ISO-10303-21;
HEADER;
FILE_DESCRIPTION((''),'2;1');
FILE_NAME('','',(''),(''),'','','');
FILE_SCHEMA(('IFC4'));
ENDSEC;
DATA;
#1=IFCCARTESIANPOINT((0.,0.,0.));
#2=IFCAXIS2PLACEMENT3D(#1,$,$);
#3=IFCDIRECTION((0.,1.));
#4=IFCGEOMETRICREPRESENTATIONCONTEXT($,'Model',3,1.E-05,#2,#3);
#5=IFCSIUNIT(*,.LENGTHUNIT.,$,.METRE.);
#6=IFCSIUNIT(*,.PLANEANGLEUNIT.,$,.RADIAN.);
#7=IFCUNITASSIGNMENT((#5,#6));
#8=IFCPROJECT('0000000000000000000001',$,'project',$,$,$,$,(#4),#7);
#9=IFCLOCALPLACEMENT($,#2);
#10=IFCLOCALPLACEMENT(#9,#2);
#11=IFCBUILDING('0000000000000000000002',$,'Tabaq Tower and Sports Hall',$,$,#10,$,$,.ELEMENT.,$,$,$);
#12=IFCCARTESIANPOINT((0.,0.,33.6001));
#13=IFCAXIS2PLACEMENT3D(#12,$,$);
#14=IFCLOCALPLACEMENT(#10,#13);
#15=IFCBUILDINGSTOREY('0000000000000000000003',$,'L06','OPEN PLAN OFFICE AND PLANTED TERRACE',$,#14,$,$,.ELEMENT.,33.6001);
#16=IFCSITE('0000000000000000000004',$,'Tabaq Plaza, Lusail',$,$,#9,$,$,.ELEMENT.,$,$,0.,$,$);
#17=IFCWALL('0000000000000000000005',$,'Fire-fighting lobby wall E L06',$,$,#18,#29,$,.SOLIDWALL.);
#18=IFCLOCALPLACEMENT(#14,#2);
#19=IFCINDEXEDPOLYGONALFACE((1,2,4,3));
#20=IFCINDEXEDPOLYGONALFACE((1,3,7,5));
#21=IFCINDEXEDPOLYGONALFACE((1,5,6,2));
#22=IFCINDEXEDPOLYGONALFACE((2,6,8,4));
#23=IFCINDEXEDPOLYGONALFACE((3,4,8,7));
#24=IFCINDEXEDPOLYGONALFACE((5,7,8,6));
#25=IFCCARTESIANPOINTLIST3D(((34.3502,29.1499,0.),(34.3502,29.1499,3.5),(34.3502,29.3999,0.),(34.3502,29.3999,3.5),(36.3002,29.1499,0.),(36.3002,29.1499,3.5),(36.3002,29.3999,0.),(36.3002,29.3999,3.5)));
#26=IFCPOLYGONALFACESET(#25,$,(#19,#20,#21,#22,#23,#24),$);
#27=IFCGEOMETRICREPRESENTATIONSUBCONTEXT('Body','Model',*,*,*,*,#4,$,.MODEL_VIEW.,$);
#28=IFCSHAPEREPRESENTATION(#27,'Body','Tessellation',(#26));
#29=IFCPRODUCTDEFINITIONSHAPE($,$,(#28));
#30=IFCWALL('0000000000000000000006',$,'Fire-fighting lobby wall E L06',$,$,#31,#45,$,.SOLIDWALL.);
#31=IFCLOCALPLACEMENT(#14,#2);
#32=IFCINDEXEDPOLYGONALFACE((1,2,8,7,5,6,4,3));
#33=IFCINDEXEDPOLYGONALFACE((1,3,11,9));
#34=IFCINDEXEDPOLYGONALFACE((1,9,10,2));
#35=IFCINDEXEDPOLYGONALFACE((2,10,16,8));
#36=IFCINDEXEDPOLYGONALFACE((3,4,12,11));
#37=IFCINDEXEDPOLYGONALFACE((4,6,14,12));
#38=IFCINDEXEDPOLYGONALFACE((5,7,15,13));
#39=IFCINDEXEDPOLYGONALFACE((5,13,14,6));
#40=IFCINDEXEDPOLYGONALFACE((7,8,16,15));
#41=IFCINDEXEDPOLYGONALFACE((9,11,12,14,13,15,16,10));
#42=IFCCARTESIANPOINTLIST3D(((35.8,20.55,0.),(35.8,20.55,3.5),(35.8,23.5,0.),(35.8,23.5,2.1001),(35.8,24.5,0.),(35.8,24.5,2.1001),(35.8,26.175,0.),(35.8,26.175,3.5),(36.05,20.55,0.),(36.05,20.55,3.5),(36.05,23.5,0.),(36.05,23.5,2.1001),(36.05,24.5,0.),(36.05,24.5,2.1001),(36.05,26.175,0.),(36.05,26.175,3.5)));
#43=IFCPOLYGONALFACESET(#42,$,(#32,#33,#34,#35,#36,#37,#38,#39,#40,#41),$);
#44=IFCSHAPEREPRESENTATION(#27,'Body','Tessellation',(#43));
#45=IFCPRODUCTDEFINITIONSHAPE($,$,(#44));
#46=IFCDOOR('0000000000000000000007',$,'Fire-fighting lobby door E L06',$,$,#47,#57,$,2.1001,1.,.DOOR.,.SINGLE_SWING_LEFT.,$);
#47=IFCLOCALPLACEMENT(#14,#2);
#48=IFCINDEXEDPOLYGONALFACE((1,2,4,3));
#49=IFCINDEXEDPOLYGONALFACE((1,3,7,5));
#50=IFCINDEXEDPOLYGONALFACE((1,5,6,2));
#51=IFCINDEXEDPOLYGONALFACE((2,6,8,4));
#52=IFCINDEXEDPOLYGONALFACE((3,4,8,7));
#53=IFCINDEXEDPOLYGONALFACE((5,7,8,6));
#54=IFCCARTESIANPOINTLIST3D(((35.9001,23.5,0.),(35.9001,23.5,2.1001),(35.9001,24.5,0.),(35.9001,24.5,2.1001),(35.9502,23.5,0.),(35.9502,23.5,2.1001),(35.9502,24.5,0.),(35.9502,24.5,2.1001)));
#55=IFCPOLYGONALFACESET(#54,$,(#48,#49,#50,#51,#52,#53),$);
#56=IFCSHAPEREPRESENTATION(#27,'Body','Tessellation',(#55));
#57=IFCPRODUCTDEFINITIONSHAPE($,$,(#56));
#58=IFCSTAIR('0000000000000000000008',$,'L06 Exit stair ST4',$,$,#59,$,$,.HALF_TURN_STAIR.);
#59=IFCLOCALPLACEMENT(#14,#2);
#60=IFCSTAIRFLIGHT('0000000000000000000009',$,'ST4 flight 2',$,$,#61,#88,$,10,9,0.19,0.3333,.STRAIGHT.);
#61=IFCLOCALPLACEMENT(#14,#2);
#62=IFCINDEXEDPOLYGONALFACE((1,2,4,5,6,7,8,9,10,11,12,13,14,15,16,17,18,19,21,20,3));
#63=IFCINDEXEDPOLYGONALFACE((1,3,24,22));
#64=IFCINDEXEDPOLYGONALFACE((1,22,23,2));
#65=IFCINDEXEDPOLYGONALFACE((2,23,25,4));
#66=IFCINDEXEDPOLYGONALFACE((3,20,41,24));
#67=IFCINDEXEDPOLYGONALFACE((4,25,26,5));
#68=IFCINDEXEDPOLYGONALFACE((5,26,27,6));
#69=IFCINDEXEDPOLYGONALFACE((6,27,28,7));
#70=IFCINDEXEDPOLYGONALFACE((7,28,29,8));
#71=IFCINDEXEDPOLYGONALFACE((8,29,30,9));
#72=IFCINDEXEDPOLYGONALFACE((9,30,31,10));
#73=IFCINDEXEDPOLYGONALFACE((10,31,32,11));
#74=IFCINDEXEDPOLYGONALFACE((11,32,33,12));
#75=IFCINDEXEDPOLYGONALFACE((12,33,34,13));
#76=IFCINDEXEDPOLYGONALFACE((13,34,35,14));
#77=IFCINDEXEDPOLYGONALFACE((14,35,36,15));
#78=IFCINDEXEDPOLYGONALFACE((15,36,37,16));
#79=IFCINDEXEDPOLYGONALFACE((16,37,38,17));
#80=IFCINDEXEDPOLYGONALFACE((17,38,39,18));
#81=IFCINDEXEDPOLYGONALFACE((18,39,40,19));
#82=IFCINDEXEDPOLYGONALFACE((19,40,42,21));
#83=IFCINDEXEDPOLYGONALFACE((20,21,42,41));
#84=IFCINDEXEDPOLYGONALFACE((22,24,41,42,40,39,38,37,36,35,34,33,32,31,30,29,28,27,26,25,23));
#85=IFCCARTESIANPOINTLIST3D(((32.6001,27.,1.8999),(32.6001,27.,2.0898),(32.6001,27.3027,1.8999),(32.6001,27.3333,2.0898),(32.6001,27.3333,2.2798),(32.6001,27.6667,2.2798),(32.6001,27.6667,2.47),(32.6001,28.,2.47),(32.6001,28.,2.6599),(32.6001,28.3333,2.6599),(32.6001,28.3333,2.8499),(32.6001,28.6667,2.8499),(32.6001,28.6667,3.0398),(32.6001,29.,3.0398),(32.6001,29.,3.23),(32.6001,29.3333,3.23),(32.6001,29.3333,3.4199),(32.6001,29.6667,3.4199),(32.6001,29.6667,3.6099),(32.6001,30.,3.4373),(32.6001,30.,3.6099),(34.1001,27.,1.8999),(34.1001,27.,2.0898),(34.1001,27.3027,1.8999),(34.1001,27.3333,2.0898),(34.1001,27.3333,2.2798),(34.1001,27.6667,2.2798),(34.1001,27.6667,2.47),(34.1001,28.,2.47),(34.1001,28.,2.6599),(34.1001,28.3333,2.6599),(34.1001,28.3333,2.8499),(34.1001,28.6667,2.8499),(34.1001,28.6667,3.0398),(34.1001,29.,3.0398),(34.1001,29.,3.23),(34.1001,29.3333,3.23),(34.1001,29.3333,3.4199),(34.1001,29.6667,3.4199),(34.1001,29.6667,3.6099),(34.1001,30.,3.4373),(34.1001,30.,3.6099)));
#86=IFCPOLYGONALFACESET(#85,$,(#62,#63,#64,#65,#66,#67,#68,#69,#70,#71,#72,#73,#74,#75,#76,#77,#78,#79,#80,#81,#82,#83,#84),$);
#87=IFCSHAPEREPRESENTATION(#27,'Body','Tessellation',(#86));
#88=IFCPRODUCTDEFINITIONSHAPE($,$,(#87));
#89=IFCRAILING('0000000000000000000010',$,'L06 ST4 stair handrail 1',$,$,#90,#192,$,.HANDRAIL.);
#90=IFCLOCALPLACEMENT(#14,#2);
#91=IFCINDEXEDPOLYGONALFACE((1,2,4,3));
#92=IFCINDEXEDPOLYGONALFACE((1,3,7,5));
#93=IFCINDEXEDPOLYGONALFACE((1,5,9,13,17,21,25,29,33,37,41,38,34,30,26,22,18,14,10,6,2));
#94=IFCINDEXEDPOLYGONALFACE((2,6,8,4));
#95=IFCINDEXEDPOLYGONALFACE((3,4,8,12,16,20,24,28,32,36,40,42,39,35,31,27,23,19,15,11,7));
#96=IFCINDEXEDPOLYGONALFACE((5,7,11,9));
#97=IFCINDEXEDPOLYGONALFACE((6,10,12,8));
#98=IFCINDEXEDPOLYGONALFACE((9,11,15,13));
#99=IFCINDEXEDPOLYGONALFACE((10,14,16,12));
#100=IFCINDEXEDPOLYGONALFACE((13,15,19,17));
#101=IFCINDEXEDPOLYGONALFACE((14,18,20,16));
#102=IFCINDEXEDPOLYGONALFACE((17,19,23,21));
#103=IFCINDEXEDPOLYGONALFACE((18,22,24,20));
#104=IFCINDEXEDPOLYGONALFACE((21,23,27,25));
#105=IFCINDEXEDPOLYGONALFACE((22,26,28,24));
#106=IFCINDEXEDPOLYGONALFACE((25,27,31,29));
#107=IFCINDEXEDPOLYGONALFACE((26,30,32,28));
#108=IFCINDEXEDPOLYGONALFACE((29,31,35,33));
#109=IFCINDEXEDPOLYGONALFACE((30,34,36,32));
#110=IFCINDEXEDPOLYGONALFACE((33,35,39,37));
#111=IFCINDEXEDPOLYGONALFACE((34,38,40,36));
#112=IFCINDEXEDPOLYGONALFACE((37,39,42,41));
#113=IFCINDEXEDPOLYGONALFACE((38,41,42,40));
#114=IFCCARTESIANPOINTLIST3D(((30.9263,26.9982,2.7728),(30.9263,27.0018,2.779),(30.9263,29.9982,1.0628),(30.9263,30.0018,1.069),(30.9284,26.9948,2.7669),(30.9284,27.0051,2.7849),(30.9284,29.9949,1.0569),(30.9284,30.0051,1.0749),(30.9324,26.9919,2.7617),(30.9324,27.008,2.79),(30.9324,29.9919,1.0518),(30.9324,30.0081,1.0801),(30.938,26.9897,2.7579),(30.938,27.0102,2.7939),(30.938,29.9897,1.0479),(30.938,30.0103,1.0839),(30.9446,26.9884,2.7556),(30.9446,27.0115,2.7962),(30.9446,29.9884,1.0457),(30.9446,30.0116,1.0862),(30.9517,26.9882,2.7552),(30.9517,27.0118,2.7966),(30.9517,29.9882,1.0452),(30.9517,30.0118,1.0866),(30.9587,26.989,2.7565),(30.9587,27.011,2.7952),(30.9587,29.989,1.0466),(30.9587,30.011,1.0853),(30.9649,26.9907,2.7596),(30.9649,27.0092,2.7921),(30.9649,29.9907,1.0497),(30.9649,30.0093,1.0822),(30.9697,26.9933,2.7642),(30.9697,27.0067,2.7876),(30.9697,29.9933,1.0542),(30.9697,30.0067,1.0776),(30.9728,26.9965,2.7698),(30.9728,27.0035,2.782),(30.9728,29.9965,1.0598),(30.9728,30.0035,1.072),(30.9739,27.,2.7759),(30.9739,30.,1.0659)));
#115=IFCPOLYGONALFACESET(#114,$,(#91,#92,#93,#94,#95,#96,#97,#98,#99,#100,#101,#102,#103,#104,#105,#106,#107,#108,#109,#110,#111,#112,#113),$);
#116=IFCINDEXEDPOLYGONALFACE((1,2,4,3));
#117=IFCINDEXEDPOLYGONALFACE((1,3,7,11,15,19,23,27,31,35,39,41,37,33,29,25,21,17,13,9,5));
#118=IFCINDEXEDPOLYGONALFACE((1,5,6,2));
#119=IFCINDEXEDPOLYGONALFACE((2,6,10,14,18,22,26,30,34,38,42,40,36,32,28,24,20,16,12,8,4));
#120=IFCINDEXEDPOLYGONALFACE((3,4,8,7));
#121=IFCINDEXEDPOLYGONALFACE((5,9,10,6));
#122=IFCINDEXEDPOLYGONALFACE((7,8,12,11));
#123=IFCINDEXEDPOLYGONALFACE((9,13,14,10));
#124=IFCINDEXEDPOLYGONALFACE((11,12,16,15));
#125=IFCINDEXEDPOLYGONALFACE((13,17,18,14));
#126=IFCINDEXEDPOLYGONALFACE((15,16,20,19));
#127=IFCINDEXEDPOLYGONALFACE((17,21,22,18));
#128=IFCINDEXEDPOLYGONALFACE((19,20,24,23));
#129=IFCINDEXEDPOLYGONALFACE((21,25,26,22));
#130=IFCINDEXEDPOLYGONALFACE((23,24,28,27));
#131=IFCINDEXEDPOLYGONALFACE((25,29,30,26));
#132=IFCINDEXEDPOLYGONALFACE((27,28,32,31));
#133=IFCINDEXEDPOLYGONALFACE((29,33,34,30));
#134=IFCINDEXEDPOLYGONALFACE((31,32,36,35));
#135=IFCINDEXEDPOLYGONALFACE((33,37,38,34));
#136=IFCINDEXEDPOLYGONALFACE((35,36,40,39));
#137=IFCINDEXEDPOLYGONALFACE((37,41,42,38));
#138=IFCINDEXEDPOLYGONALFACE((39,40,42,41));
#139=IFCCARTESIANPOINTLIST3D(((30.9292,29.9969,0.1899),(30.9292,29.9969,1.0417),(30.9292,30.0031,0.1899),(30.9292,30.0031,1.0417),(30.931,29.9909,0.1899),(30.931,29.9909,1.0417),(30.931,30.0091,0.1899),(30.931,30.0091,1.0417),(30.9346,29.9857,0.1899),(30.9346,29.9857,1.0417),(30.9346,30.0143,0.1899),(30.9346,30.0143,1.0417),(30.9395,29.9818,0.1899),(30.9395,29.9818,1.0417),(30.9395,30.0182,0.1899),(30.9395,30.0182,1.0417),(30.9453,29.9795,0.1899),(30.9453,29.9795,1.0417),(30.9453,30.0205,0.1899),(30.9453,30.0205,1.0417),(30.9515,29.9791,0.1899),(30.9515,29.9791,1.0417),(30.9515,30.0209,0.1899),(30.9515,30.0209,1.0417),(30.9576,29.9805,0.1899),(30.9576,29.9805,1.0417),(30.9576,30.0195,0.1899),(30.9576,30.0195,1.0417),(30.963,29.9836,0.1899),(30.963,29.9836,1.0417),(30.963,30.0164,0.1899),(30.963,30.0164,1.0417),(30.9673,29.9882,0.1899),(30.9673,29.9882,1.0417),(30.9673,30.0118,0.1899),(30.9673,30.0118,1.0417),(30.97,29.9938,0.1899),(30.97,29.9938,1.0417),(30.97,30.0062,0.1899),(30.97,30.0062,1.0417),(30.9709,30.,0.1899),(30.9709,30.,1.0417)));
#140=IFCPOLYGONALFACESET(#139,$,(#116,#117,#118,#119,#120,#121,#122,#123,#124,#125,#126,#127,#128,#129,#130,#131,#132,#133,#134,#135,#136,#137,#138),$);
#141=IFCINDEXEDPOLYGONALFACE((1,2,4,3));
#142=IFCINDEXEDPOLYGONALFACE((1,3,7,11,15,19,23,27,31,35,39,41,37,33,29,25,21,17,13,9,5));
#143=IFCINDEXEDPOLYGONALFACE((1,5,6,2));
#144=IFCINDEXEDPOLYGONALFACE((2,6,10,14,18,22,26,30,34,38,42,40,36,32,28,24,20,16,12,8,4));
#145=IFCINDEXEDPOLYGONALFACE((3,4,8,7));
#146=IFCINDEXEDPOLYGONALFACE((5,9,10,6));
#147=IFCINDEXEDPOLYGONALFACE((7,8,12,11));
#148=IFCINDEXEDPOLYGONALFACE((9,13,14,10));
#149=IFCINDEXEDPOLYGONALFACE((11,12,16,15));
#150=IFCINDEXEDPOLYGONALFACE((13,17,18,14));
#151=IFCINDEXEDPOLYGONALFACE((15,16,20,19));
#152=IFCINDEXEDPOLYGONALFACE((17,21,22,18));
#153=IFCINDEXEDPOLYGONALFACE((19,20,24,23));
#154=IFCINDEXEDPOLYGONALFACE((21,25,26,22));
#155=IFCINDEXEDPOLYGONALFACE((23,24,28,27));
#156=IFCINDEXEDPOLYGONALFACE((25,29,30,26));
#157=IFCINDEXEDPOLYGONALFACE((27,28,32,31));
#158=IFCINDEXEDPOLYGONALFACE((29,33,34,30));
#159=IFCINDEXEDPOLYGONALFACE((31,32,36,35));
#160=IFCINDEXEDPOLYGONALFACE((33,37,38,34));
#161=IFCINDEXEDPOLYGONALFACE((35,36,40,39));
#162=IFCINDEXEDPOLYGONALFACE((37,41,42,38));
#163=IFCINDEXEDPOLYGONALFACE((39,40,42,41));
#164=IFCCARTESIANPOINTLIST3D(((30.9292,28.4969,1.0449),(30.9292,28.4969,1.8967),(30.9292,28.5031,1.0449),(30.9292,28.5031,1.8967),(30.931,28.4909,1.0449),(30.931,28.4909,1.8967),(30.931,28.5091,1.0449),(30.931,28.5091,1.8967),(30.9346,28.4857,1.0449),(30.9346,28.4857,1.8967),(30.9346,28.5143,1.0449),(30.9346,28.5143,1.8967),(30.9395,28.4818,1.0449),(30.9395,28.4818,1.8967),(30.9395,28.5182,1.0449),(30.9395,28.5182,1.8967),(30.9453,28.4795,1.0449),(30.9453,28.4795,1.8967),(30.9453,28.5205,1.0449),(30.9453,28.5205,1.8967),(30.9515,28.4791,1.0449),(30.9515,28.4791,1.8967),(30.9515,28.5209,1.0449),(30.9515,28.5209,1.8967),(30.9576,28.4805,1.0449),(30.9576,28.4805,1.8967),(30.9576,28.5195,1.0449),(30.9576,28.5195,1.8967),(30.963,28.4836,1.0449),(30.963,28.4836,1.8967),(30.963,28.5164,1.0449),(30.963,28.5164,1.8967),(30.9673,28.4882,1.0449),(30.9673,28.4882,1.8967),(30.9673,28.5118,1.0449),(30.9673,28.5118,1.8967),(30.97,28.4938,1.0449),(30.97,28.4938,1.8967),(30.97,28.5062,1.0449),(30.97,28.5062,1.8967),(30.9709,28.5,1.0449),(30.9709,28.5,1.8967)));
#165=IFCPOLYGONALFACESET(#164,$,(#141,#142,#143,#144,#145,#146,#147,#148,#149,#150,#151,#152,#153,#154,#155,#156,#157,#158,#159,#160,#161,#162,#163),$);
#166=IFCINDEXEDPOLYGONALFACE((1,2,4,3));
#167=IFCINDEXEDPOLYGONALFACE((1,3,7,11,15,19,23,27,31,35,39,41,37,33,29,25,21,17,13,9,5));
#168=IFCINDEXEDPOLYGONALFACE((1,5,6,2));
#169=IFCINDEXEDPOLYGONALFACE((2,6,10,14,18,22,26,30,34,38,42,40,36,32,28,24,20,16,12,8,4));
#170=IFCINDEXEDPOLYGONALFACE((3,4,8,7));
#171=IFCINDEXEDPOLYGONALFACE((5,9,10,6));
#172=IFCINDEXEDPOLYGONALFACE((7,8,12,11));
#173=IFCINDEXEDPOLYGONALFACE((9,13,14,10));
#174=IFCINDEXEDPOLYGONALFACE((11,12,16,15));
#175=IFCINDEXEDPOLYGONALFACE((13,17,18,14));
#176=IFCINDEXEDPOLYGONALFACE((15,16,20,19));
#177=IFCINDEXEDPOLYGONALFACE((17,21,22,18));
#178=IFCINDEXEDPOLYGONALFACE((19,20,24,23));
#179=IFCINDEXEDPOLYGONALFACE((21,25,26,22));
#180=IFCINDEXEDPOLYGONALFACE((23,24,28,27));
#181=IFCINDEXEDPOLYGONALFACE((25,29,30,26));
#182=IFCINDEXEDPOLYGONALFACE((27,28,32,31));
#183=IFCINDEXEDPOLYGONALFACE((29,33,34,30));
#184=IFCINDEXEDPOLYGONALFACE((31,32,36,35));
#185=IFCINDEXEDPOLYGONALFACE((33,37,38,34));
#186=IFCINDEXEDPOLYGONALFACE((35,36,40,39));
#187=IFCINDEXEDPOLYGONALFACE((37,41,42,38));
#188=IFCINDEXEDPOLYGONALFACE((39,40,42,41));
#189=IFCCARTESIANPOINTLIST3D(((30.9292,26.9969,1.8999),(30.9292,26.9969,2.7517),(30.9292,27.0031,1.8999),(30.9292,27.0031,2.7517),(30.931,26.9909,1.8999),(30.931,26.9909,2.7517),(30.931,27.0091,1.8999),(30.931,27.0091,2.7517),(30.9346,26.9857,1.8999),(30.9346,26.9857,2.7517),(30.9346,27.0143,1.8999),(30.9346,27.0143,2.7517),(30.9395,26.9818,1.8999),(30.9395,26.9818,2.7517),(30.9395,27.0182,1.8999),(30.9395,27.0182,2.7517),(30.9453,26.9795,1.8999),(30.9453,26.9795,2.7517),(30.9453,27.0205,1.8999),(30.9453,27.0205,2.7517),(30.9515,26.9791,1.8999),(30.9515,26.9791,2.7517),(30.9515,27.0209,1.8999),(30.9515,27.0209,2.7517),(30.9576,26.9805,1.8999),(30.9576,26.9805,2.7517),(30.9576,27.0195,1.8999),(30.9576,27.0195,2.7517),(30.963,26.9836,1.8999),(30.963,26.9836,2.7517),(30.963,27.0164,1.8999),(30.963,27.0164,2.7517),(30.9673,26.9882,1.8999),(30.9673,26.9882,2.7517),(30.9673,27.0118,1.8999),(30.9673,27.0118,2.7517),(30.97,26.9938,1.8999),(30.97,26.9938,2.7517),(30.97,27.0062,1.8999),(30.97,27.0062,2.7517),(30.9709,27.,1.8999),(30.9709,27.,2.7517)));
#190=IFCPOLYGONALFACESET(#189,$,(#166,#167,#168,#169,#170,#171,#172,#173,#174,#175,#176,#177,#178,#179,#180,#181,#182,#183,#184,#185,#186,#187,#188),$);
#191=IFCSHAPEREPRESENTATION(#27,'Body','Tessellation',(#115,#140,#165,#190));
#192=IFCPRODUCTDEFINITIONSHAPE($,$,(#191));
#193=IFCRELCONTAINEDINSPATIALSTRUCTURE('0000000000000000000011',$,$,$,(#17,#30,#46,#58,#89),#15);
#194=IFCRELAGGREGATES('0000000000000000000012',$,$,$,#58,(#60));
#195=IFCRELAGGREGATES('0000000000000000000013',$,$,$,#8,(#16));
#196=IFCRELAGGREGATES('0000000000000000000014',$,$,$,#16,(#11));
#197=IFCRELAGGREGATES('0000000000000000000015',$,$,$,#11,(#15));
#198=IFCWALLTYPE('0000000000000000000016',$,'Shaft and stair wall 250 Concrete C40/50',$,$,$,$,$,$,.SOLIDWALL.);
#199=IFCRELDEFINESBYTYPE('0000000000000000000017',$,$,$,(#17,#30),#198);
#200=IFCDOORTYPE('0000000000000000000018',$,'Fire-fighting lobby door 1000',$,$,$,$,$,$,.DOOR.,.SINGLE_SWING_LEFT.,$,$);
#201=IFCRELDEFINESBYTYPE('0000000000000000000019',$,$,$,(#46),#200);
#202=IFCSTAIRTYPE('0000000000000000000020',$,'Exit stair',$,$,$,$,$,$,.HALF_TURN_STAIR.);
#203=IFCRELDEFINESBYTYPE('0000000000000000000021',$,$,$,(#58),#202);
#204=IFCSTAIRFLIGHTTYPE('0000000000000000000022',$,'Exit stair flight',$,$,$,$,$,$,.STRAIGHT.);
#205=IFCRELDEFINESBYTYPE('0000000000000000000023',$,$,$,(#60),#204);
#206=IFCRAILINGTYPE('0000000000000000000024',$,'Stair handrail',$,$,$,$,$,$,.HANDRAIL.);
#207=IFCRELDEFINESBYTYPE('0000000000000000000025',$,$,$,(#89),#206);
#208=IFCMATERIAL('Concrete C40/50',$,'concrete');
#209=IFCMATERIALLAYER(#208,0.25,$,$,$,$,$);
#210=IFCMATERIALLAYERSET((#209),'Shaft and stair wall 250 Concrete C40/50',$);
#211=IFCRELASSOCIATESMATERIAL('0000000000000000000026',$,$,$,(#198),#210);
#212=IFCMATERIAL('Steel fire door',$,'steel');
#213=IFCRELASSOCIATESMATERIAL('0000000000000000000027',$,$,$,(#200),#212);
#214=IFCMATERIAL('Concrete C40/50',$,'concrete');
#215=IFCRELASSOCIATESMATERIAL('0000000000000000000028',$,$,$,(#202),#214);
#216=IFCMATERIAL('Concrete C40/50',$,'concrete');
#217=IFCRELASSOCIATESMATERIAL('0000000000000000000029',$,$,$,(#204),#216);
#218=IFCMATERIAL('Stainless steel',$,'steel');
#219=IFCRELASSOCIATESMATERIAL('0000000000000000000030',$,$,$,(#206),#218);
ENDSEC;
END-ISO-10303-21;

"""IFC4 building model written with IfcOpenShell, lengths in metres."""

from ifc_helpers import new_model, si_unit, direction, frame, frame_2d, origin, origin_2d, place, context, subcontext, project, spatial, polyline, rectangle, circle, outline, extrude, material, layer, layer_set, type_object, element, fill, aggregate, save


model = new_model("IFC4")

# Units and contexts
model_context = context("Model", 3, precision=1e-05, world=origin(), true_north=direction((0.0, 1.0)))
body_context = subcontext(model_context, "Body", "Model", "MODEL_VIEW")
ifc_project = project(units=[si_unit("LENGTHUNIT", "METRE"), si_unit("PLANEANGLEUNIT", "RADIAN")], contexts=[model_context])

# Site, building, storey
site_placement = place(None, origin())
site = spatial("IfcSite", under=ifc_project, at=site_placement, Name="Tabaq Plaza, Lusail", CompositionType="ELEMENT", RefElevation=0.0)
building_placement = place(site_placement, origin())
building = spatial("IfcBuilding", under=site, at=building_placement, Name="Tabaq Tower and Sports Hall", CompositionType="ELEMENT")
storey_placement = place(building_placement, frame((0.0, 0.0, 33.6001)))
storey = spatial("IfcBuildingStorey", under=building, at=storey_placement, Name="L06", Description="OPEN PLAN OFFICE AND PLANTED TERRACE", CompositionType="ELEMENT", Elevation=33.6001)

# Shared definitions
ifc_material_1 = material(Name="Concrete C40/50", Category="concrete")
ifc_layer_1 = layer(ifc_material_1, 0.25)
ifc_layer_set_1 = layer_set([ifc_layer_1], Name="Shaft and stair wall 250 Concrete C40/50")
wall_type_1 = type_object("IfcWallType", Name="Shaft and stair wall 250 Concrete C40/50", PredefinedType="SOLIDWALL", material=ifc_layer_set_1)

# Shared definitions
ifc_material_2 = material(Name="Steel fire door", Category="steel")
door_type_1 = type_object("IfcDoorType", Name="Fire-fighting lobby door 1000", OperationType="SINGLE_SWING_LEFT", PredefinedType="DOOR", material=ifc_material_2)

# Wall
wall_1_placement = place(storey_placement, frame((34.3501, 29.2749, 0.0), z_axis=(0.0, 0.0, 1.0), x_axis=(1.0, 0.0, 0.0)))
element("IfcWall", 1, at=wall_1_placement, inside=storey, type_object=wall_type_1, Name="Fire-fighting lobby wall E L06", PredefinedType="SOLIDWALL", context=body_context, shape_type="SweptSolid", body=[
    extrude(rectangle(XDim=1.95, YDim=0.25, at=frame_2d((0.9751, 0.0))), origin(), (0.0, 0.0, 1.0), 3.5),
])

# Wall, opening, door
wall_2_placement = place(storey_placement, frame((35.925, 20.55, 0.0), z_axis=(0.0, 0.0, 1.0), x_axis=(0.0, 1.0, 0.0)))
wall_2 = element("IfcWall", 2, at=wall_2_placement, inside=storey, type_object=wall_type_1, Name="Fire-fighting lobby wall E L06", PredefinedType="SOLIDWALL", context=body_context, shape_type="SweptSolid", body=[
    extrude(rectangle(XDim=5.625, YDim=0.25, at=frame_2d((2.8125, 0.0))), origin(), (0.0, 0.0, 1.0), 3.5),
])
opening_1_placement = place(wall_2_placement, frame((2.95, 0.0, 0.0)))
opening_1 = element("IfcOpeningElement", 3, at=opening_1_placement, cuts=wall_2, PredefinedType="OPENING", context=body_context, shape_type="SweptSolid", body=[
    extrude(rectangle(XDim=1.0, YDim=2.1001, at=frame_2d((0.5, 1.05))), frame((0.0, 0.125, 0.0), z_axis=(0.0, -1.0, 0.0), x_axis=(1.0, 0.0, 0.0)), (0.0, 0.0, 1.0), 0.25),
])
door_1_placement = place(opening_1_placement, origin())
door_1 = element("IfcDoor", 4, at=door_1_placement, inside=storey, type_object=door_type_1, Name="Fire-fighting lobby door E L06", OperationType="SINGLE_SWING_LEFT", OverallHeight=2.1001, OverallWidth=1.0, PredefinedType="DOOR", context=body_context, shape_type="SweptSolid", body=[
    extrude(rectangle(XDim=1.0, YDim=2.1001, at=frame_2d((0.5, 1.05))), frame((0.0, 0.0249, 0.0), z_axis=(0.0, -1.0, 0.0), x_axis=(1.0, 0.0, 0.0)), (0.0, 0.0, 1.0), 0.05),
])
fill(opening_1, door_1)

# Stair, stair flight
ifc_material_3 = material(Name="Concrete C40/50", Category="concrete")
stair_type = type_object("IfcStairType", Name="Exit stair", PredefinedType="HALF_TURN_STAIR", material=ifc_material_3)
stair_placement = place(storey_placement, origin())
stair = element("IfcStair", 5, at=stair_placement, inside=storey, type_object=stair_type, Name="L06 Exit stair ST4", PredefinedType="HALF_TURN_STAIR")
ifc_material_4 = material(Name="Concrete C40/50", Category="concrete")
stair_flight_type = type_object("IfcStairFlightType", Name="Exit stair flight", PredefinedType="STRAIGHT", material=ifc_material_4)
stair_flight_placement = place(storey_placement, frame((33.3501, 27.0, 1.8999), z_axis=(0.0, 0.0, 1.0), x_axis=(0.0, 1.0, 0.0)))
stair_flight = element("IfcStairFlight", 6, at=stair_flight_placement, type_object=stair_flight_type, Name="ST4 flight 2", NumberOfRisers=10, NumberOfTreads=9, PredefinedType="STRAIGHT", RiserHeight=0.19, TreadLength=0.3333, context=body_context, shape_type="SweptSolid", body=[
    extrude(outline(polyline([(0.0, 0.0), (0.0, 0.1899), (0.3333, 0.1899), (0.3333, 0.3799), (0.6667, 0.3799), (0.6667, 0.5701), (1.0, 0.5701), (1.0, 0.76), (1.3333, 0.76), (1.3333, 0.95), (1.6667, 0.95), (1.6667, 1.1399), (2.0, 1.1399), (2.0, 1.3301), (2.3333, 1.3301), (2.3333, 1.52), (2.6667, 1.52), (2.6667, 1.71), (3.0, 1.71), (3.0, 1.8999), (3.0, 1.5374), (0.3027, 0.0), (0.0, 0.0)])), frame((0.0, 0.75, 0.0), z_axis=(0.0, -1.0, 0.0), x_axis=(1.0, 0.0, 0.0)), (0.0, 0.0, 1.0), 1.5),
])
aggregate(stair, [stair_flight])

# Railing
ifc_material_5 = material(Name="Stainless steel", Category="steel")
railing_type = type_object("IfcRailingType", Name="Stair handrail", PredefinedType="HANDRAIL", material=ifc_material_5)
railing_1_placement = place(storey_placement, frame((30.95, 30.0, 0.1899)))
element("IfcRailing", 7, at=railing_1_placement, inside=storey, type_object=railing_type, Name="L06 ST4 stair handrail 1", PredefinedType="HANDRAIL", context=body_context, shape_type="SweptSolid", body=[
    extrude(circle(Radius=0.0239, at=origin_2d()), frame((0.0, 0.0, 0.876), z_axis=(0.0, -0.868782, 0.495195), x_axis=(1.0, 0.0, 0.0)), (0.0, 0.0, 1.0), 3.4531),
    extrude(circle(Radius=0.021, at=origin_2d()), origin(), (0.0, 0.0, 1.0), 0.8518),
    extrude(circle(Radius=0.021, at=origin_2d()), frame((0.0, -1.5, 0.855)), (0.0, 0.0, 1.0), 0.8518),
    extrude(circle(Radius=0.021, at=origin_2d()), frame((0.0, -3.0, 1.71)), (0.0, 0.0, 1.0), 0.8518),
])

save(model, "model.ifc")
